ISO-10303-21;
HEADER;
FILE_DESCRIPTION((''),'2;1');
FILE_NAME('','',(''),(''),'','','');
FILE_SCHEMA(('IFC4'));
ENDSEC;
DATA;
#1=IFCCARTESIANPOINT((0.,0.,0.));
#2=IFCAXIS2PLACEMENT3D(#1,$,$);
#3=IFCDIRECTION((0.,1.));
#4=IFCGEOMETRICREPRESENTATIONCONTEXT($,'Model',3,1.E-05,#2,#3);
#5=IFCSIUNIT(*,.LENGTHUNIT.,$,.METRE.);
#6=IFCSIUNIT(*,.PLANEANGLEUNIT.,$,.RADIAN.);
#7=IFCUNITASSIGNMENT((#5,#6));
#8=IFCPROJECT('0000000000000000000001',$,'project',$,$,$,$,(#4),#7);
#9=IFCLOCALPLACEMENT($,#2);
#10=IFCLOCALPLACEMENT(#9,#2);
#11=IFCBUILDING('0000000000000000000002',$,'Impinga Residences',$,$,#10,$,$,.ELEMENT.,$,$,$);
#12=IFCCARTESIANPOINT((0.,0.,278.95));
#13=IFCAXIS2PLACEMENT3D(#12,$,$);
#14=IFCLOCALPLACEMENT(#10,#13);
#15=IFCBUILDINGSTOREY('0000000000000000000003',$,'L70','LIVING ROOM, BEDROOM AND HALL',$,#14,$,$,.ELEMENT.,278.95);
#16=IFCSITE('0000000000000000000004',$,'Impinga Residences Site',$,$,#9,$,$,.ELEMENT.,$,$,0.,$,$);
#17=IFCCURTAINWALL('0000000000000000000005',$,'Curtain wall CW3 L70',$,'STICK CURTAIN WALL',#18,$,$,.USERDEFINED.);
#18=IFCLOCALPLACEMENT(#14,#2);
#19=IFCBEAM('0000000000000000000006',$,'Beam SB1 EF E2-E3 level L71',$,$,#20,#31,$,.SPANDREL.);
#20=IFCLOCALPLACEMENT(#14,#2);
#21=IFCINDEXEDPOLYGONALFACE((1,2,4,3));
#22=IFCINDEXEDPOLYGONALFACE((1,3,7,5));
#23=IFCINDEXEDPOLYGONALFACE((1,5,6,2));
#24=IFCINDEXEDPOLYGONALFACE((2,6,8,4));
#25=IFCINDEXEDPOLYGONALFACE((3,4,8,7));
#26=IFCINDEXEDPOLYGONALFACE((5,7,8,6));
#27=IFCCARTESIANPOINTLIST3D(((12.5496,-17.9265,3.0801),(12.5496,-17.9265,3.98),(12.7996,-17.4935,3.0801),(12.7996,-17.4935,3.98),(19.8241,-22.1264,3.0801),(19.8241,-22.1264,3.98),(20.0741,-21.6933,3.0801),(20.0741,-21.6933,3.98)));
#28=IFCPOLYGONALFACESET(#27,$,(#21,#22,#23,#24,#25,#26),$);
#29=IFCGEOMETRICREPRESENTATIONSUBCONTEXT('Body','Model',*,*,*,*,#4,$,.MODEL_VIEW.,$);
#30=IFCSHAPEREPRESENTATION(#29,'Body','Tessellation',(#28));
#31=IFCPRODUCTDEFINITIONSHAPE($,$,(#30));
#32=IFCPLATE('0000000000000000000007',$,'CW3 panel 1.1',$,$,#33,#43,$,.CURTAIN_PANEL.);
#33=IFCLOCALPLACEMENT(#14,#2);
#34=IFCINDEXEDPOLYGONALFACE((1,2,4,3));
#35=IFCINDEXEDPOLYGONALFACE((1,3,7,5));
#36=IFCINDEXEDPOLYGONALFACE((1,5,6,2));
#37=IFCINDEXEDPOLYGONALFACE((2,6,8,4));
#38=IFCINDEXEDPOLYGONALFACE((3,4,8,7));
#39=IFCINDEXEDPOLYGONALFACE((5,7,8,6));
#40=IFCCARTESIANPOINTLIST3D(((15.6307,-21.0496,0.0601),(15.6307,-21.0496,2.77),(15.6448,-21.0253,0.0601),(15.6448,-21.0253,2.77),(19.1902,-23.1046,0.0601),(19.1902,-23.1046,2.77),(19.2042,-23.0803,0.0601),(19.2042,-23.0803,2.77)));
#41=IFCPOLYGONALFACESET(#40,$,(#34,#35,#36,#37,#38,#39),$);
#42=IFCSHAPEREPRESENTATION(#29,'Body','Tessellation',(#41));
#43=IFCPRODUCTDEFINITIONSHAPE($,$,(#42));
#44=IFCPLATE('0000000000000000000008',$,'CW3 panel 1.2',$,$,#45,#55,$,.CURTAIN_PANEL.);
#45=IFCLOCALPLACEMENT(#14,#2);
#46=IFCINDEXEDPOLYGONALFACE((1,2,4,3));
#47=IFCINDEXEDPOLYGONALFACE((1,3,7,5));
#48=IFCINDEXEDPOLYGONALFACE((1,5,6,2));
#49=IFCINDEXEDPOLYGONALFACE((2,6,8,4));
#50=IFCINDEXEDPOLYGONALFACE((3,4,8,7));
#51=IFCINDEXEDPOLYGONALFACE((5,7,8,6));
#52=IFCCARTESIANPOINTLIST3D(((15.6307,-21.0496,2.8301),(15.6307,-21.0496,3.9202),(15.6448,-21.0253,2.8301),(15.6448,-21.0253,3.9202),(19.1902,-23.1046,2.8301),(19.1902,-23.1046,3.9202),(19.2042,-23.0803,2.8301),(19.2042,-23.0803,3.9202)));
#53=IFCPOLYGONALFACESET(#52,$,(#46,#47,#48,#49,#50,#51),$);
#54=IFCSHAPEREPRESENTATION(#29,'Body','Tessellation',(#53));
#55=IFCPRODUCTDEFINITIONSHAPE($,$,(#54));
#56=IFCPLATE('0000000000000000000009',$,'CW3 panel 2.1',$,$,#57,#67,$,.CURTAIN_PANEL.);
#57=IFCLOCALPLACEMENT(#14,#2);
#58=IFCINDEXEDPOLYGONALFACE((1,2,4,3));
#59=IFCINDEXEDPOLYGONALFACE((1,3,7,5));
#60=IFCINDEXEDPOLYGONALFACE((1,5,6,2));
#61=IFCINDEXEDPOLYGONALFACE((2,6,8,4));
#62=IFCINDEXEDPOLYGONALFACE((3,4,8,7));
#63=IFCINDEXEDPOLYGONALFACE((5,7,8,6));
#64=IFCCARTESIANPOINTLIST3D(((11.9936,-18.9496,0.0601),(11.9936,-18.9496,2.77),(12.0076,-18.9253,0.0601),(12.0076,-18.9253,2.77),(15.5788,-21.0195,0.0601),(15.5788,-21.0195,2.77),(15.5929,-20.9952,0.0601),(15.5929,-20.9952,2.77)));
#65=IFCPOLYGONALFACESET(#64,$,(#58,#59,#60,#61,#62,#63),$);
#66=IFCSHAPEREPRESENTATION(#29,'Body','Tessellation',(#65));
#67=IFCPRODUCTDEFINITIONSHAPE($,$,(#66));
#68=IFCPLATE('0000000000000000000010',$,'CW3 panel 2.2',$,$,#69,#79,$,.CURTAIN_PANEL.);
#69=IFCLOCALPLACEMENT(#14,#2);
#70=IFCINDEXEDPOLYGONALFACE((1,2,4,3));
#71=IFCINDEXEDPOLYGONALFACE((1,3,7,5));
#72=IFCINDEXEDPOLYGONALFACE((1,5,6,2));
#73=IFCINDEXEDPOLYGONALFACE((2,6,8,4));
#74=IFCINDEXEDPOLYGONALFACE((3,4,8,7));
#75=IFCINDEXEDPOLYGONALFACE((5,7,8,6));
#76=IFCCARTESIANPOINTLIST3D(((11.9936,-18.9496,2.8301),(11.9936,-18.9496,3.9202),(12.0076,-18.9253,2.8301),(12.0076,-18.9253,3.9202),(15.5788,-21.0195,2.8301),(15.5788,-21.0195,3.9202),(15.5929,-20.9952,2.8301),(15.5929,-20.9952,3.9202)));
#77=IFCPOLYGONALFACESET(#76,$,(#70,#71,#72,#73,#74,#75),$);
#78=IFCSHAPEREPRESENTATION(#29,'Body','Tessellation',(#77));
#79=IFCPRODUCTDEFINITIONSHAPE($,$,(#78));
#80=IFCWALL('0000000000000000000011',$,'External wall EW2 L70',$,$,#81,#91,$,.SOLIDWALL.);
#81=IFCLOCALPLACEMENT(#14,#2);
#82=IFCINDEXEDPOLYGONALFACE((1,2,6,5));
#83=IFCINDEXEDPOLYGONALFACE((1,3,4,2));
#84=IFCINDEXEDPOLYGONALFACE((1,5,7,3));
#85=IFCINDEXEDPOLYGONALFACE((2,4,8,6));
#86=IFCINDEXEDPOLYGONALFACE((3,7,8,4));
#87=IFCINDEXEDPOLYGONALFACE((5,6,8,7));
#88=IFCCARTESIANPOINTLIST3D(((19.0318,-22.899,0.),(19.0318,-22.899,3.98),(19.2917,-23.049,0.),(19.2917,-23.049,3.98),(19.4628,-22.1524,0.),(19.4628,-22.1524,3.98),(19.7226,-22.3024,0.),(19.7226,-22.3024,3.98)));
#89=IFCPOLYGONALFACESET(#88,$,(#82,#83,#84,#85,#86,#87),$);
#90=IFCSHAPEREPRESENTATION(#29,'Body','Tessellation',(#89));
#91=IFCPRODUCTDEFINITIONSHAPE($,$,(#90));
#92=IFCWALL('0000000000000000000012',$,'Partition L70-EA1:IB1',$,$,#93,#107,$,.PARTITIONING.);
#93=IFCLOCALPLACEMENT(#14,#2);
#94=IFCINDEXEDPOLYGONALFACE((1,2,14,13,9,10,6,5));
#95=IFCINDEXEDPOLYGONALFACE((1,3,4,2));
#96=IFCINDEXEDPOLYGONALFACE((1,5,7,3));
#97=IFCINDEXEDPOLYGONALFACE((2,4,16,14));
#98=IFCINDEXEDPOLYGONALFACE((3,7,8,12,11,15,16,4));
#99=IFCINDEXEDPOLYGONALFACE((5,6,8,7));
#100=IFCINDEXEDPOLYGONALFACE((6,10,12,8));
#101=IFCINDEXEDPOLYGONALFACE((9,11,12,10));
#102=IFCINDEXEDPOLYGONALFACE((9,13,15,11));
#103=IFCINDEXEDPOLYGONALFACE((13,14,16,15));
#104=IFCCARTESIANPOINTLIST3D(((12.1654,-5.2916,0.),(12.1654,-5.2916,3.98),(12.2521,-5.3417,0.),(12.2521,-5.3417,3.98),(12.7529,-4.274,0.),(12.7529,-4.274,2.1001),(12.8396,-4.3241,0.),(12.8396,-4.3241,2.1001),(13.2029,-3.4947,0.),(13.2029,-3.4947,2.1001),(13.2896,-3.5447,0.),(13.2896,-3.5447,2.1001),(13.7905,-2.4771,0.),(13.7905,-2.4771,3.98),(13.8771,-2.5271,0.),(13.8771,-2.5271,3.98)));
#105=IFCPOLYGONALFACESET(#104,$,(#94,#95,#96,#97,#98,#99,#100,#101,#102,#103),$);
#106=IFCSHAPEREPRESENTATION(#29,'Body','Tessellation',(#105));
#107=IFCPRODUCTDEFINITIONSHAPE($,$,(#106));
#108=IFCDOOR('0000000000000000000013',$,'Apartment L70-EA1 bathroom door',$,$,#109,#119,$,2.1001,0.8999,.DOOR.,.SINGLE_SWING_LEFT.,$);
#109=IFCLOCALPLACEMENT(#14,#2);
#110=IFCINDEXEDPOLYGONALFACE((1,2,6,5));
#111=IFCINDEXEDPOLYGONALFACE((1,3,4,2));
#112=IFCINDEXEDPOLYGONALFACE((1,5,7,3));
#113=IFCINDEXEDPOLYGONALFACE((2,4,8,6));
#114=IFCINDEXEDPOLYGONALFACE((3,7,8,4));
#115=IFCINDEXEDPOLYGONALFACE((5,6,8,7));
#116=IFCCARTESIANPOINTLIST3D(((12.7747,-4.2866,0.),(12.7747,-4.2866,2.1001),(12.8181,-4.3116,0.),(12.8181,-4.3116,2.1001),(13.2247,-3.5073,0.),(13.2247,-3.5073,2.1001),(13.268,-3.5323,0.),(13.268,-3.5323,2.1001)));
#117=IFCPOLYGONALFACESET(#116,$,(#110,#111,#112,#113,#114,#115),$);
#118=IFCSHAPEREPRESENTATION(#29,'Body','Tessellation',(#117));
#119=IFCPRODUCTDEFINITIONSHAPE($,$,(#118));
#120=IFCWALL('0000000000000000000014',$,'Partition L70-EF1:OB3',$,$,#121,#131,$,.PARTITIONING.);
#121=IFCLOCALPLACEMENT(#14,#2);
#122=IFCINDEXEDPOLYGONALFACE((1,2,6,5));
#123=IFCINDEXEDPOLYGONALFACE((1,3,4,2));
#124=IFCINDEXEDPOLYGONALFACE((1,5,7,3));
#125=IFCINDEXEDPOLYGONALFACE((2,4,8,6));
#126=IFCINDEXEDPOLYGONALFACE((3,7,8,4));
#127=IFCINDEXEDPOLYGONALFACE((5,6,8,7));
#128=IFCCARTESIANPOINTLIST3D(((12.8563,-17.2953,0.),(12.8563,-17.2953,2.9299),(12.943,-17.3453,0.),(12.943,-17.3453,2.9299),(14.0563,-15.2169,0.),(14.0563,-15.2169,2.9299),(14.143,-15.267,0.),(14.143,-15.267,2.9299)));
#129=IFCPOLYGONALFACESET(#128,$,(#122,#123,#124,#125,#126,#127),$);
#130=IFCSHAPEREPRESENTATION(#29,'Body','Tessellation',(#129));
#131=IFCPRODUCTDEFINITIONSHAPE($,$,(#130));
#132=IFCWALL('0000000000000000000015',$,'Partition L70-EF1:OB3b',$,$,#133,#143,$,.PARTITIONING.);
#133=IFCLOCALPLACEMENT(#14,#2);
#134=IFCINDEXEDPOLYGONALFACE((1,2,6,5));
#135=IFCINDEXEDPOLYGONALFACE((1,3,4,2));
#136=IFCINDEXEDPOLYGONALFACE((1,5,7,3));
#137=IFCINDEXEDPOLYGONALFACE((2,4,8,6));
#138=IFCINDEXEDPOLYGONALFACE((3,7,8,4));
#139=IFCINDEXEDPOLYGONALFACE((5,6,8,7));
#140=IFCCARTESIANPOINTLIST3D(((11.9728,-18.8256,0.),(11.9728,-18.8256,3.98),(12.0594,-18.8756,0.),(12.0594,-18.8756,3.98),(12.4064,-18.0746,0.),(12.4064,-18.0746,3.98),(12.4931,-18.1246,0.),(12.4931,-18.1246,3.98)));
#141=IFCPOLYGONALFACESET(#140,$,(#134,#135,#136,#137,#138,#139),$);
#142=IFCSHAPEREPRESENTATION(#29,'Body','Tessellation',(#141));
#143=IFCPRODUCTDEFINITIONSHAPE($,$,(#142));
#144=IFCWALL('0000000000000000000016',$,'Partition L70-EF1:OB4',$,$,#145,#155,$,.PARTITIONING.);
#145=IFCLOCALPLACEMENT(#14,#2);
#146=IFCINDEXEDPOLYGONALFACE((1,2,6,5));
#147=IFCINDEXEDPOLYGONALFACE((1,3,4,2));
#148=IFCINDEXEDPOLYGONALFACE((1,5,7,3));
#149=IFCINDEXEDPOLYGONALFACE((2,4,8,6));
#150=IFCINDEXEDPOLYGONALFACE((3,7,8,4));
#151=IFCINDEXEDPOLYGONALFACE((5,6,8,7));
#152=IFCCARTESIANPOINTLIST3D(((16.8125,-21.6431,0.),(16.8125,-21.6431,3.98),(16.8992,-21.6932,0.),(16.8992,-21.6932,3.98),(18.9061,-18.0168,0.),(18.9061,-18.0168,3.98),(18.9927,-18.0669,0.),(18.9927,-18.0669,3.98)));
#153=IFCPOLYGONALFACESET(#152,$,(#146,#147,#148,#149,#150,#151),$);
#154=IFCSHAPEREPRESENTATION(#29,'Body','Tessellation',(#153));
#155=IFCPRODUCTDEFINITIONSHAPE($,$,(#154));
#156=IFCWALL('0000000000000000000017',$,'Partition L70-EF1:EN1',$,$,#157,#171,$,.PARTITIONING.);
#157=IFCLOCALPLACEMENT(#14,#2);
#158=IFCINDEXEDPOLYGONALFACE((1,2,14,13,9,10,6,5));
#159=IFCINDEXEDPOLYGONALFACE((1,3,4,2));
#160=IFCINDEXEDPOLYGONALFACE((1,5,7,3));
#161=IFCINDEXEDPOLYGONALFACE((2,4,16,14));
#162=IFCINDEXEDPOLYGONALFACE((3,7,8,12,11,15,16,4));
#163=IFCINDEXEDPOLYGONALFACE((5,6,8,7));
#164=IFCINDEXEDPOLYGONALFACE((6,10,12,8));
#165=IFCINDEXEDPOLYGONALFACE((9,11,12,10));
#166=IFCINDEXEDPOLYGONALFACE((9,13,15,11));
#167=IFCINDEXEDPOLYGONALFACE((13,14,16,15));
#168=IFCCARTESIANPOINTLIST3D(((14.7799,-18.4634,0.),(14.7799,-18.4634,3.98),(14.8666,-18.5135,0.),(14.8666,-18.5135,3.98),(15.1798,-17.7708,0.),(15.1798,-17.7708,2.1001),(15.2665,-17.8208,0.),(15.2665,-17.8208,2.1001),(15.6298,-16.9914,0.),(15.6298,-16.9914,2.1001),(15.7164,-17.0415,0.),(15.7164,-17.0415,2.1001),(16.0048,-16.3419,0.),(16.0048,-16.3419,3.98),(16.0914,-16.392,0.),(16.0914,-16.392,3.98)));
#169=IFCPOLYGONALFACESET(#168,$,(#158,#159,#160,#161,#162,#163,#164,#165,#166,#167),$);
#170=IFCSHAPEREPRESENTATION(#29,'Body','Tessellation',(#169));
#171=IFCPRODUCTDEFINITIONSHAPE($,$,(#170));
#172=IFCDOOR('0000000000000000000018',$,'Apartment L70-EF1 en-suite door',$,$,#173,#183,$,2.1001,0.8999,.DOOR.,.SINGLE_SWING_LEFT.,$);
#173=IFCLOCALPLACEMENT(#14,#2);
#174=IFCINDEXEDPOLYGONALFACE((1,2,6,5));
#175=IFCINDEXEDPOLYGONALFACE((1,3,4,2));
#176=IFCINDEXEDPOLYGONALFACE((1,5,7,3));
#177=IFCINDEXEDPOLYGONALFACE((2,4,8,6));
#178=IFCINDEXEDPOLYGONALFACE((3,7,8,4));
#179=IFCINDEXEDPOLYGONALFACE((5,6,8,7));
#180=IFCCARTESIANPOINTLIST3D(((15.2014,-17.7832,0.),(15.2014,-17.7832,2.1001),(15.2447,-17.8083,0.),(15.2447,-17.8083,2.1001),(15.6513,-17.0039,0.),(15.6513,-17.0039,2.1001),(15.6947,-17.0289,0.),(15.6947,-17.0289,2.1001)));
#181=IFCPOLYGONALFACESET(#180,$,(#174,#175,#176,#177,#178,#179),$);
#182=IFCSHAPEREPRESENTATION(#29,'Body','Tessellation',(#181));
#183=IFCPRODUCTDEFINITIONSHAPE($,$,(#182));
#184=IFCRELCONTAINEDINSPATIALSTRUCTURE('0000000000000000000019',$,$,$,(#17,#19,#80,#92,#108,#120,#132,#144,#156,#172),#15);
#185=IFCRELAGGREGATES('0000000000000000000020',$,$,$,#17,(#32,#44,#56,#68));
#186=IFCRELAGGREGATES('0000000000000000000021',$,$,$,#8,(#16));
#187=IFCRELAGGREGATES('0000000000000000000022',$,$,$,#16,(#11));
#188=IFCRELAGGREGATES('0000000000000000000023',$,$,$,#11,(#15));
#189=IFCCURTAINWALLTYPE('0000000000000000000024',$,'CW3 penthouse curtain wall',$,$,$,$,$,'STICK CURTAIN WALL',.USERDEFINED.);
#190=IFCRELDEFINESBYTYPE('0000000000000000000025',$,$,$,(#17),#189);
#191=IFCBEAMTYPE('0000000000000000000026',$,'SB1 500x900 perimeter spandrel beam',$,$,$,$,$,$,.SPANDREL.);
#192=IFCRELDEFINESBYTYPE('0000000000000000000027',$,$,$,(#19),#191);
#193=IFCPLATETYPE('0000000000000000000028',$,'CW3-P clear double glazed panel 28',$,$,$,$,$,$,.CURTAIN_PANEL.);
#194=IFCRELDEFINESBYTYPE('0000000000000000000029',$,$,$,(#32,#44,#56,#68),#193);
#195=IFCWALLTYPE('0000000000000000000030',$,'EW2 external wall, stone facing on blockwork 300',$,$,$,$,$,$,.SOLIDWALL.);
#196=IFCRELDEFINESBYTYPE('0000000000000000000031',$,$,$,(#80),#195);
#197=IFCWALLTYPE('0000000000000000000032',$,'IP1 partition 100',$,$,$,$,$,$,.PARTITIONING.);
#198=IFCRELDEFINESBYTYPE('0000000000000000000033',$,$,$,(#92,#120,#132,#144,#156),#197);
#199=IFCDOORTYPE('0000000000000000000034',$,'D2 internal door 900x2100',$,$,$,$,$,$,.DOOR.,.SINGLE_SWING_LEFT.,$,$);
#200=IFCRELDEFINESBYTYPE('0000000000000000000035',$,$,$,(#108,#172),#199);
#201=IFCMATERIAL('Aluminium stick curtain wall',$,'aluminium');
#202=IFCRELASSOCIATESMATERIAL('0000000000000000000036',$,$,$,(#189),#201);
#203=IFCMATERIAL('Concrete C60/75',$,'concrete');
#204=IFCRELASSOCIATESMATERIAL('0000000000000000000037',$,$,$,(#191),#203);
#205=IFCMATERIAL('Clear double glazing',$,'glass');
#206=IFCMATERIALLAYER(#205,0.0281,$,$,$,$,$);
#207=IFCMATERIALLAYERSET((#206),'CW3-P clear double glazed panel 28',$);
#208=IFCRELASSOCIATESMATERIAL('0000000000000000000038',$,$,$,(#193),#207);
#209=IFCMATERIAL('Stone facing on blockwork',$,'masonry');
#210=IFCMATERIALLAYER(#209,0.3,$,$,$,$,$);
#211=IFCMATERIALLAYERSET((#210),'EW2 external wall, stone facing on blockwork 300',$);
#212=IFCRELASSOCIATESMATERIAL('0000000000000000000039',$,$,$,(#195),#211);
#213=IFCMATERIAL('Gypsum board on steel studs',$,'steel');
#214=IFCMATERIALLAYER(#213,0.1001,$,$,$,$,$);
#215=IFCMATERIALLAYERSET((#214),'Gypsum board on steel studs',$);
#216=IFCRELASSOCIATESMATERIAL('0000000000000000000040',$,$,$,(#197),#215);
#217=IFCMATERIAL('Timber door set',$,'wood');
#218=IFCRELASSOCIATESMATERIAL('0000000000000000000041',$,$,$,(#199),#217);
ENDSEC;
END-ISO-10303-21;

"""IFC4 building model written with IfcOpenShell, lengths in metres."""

from ifc_helpers import new_model, si_unit, direction, frame, frame_2d, origin, origin_2d, place, context, subcontext, project, spatial, rectangle, extrude, material, layer, layer_set, material_profile, profile_set, type_object, element, fill, aggregate, save


model = new_model("IFC4")

# Units and contexts
model_context = context("Model", 3, precision=1e-05, world=origin(), true_north=direction((0.0, 1.0)))
body_context = subcontext(model_context, "Body", "Model", "MODEL_VIEW")
ifc_project = project(units=[si_unit("LENGTHUNIT", "METRE"), si_unit("PLANEANGLEUNIT", "RADIAN")], contexts=[model_context])

# Site, building, storey
site_placement = place(None, origin())
site = spatial("IfcSite", under=ifc_project, at=site_placement, Name="Impinga Residences Site", CompositionType="ELEMENT", RefElevation=0.0)
building_placement = place(site_placement, origin())
building = spatial("IfcBuilding", under=site, at=building_placement, Name="Impinga Residences", CompositionType="ELEMENT")
storey_placement = place(building_placement, frame((0.0, 0.0, 278.95)))
storey = spatial("IfcBuildingStorey", under=building, at=storey_placement, Name="L70", Description="LIVING ROOM, BEDROOM AND HALL", CompositionType="ELEMENT", Elevation=278.95)

# Shared definitions
ifc_material_1 = material(Name="Concrete C60/75", Category="concrete")

# Curtain wall
ifc_material_2 = material(Name="Aluminium stick curtain wall", Category="aluminium")
curtain_wall_type = type_object("IfcCurtainWallType", Name="CW3 penthouse curtain wall", ElementType="STICK CURTAIN WALL", PredefinedType="USERDEFINED", material=ifc_material_2)
curtain_wall_placement = place(storey_placement, origin())
curtain_wall = element("IfcCurtainWall", 1, at=curtain_wall_placement, inside=storey, type_object=curtain_wall_type, Name="Curtain wall CW3 L70", ObjectType="STICK CURTAIN WALL", PredefinedType="USERDEFINED")

# Beam
ifc_material_profile_1 = material_profile(ifc_material_1, rectangle(XDim=0.5, YDim=0.8999, at=origin_2d()), Name="RC 500x900")
ifc_profile_set_1 = profile_set([ifc_material_profile_1], Name="Concrete C60/75")
beam_type_1 = type_object("IfcBeamType", Name="SB1 500x900 perimeter spandrel beam", PredefinedType="SPANDREL", material=ifc_profile_set_1)
beam_1_placement = place(storey_placement, frame((12.6746, -17.71, 3.53), z_axis=(0.866029, -0.499993, 0.0), x_axis=(0.499993, 0.866029, 0.0)))
element("IfcBeam", 2, at=beam_1_placement, inside=storey, type_object=beam_type_1, Name="Beam SB1 EF E2-E3 level L71", PredefinedType="SPANDREL", context=body_context, shape_type="SweptSolid", body=[
    extrude(rectangle(XDim=0.5, YDim=0.8999, at=origin_2d()), origin(), (0.0, 0.0, 1.0), 8.3999),
])

# Plates
ifc_material_3 = material(Name="Clear double glazing", Category="glass")
ifc_layer_1 = layer(ifc_material_3, 0.0281)
ifc_layer_set_1 = layer_set([ifc_layer_1], Name="CW3-P clear double glazed panel 28")
plate_type = type_object("IfcPlateType", Name="CW3-P clear double glazed panel 28", PredefinedType="CURTAIN_PANEL", material=ifc_layer_set_1)
plate_1_placement = place(storey_placement, frame((17.4175, -22.0649, 0.0601), z_axis=(0.0, 0.0, 1.0), x_axis=(-0.866025, 0.5, 0.0)))
plate_1 = element("IfcPlate", 3, at=plate_1_placement, type_object=plate_type, Name="CW3 panel 1.1", PredefinedType="CURTAIN_PANEL", context=body_context, shape_type="SweptSolid", body=[
    extrude(rectangle(XDim=4.1101, YDim=0.0281, at=origin_2d()), origin(), (0.0, 0.0, 1.0), 2.71),
])
plate_2_placement = place(storey_placement, frame((17.4175, -22.0649, 2.8301), z_axis=(0.0, 0.0, 1.0), x_axis=(-0.866025, 0.5, 0.0)))
plate_2 = element("IfcPlate", 4, at=plate_2_placement, type_object=plate_type, Name="CW3 panel 1.2", PredefinedType="CURTAIN_PANEL", context=body_context, shape_type="SweptSolid", body=[
    extrude(rectangle(XDim=4.1101, YDim=0.0281, at=origin_2d()), origin(), (0.0, 0.0, 1.0), 1.0901),
])
plate_3_placement = place(storey_placement, frame((13.7932, -19.9724, 0.0601), z_axis=(0.0, 0.0, 1.0), x_axis=(-0.866025, 0.5, 0.0)))
plate_3 = element("IfcPlate", 5, at=plate_3_placement, type_object=plate_type, Name="CW3 panel 2.1", PredefinedType="CURTAIN_PANEL", context=body_context, shape_type="SweptSolid", body=[
    extrude(rectangle(XDim=4.1399, YDim=0.0281, at=origin_2d()), origin(), (0.0, 0.0, 1.0), 2.71),
])
plate_4_placement = place(storey_placement, frame((13.7932, -19.9724, 2.8301), z_axis=(0.0, 0.0, 1.0), x_axis=(-0.866025, 0.5, 0.0)))
plate_4 = element("IfcPlate", 6, at=plate_4_placement, type_object=plate_type, Name="CW3 panel 2.2", PredefinedType="CURTAIN_PANEL", context=body_context, shape_type="SweptSolid", body=[
    extrude(rectangle(XDim=4.1399, YDim=0.0281, at=origin_2d()), origin(), (0.0, 0.0, 1.0), 1.0901),
])
aggregate(curtain_wall, [plate_1, plate_2, plate_3, plate_4])

# Wall
ifc_material_4 = material(Name="Stone facing on blockwork", Category="masonry")
ifc_layer_2 = layer(ifc_material_4, 0.3)
ifc_layer_set_2 = layer_set([ifc_layer_2], Name="EW2 external wall, stone facing on blockwork 300")
wall_type_1 = type_object("IfcWallType", Name="EW2 external wall, stone facing on blockwork 300", PredefinedType="SOLIDWALL", material=ifc_layer_set_2)
wall_1_placement = place(storey_placement, frame((19.5928, -22.2273, 0.0), z_axis=(0.0, 0.0, 1.0), x_axis=(-0.499886, -0.866091, 0.0)))
element("IfcWall", 7, at=wall_1_placement, inside=storey, type_object=wall_type_1, Name="External wall EW2 L70", PredefinedType="SOLIDWALL", context=body_context, shape_type="SweptSolid", body=[
    extrude(rectangle(XDim=0.8621, YDim=0.3, at=frame_2d((0.4312, 0.0))), origin(), (0.0, 0.0, 1.0), 3.98),
])

# Wall, opening, door
ifc_material_5 = material(Name="Gypsum board on steel studs", Category="steel")
ifc_layer_3 = layer(ifc_material_5, 0.1001)
ifc_layer_set_3 = layer_set([ifc_layer_3], Name="Gypsum board on steel studs")
wall_type_2 = type_object("IfcWallType", Name="IP1 partition 100", PredefinedType="PARTITIONING", material=ifc_layer_set_3)
wall_2_placement = place(storey_placement, frame((12.2087, -5.3167, 0.0), z_axis=(0.0, 0.0, 1.0), x_axis=(0.500017, 0.866015, 0.0)))
wall_2 = element("IfcWall", 8, at=wall_2_placement, inside=storey, type_object=wall_type_2, Name="Partition L70-EA1:IB1", PredefinedType="PARTITIONING", context=body_context, shape_type="SweptSolid", body=[
    extrude(rectangle(XDim=3.25, YDim=0.1001, at=frame_2d((1.625, 0.0))), origin(), (0.0, 0.0, 1.0), 3.98),
])
opening_1_placement = place(wall_2_placement, frame((1.175, 0.0, 0.0)))
opening_1 = element("IfcOpeningElement", 9, at=opening_1_placement, cuts=wall_2, PredefinedType="OPENING", context=body_context, shape_type="SweptSolid", body=[
    extrude(rectangle(XDim=0.8999, YDim=2.1001, at=frame_2d((0.45, 1.05))), frame((0.0, 0.0601, 0.0), z_axis=(0.0, -1.0, 0.0), x_axis=(1.0, 0.0, 0.0)), (0.0, 0.0, 1.0), 0.1201),
])
ifc_material_6 = material(Name="Timber door set", Category="wood")
door_type = type_object("IfcDoorType", Name="D2 internal door 900x2100", OperationType="SINGLE_SWING_LEFT", PredefinedType="DOOR", material=ifc_material_6)
door_1_placement = place(opening_1_placement, origin())
door_1 = element("IfcDoor", 10, at=door_1_placement, inside=storey, type_object=door_type, Name="Apartment L70-EA1 bathroom door", OperationType="SINGLE_SWING_LEFT", OverallHeight=2.1001, OverallWidth=0.8999, PredefinedType="DOOR", context=body_context, shape_type="SweptSolid", body=[
    extrude(rectangle(XDim=0.8999, YDim=2.1001, at=frame_2d((0.45, 1.05))), frame((0.0, 0.0249, 0.0), z_axis=(0.0, -1.0, 0.0), x_axis=(1.0, 0.0, 0.0)), (0.0, 0.0, 1.0), 0.05),
])
fill(opening_1, door_1)

# Walls
wall_3_placement = place(storey_placement, frame((14.0996, -15.2419, 0.0), z_axis=(0.0, 0.0, 1.0), x_axis=(-0.500001, -0.866025, 0.0)))
element("IfcWall", 11, at=wall_3_placement, inside=storey, type_object=wall_type_2, Name="Partition L70-EF1:OB3", PredefinedType="PARTITIONING", context=body_context, shape_type="SweptSolid", body=[
    extrude(rectangle(XDim=2.3999, YDim=0.1001, at=frame_2d((1.2, 0.0))), origin(), (0.0, 0.0, 1.0), 2.9299),
])
wall_4_placement = place(storey_placement, frame((12.4497, -18.0996, 0.0), z_axis=(0.0, 0.0, 1.0), x_axis=(-0.500015, -0.866017, 0.0)))
element("IfcWall", 12, at=wall_4_placement, inside=storey, type_object=wall_type_2, Name="Partition L70-EF1:OB3b", PredefinedType="PARTITIONING", context=body_context, shape_type="SweptSolid", body=[
    extrude(rectangle(XDim=0.8672, YDim=0.1001, at=frame_2d((0.4336, 0.0))), origin(), (0.0, 0.0, 1.0), 3.98),
])
wall_5_placement = place(storey_placement, frame((18.9495, -18.0417, 0.0), z_axis=(0.0, 0.0, 1.0), x_axis=(-0.499983, -0.866035, 0.0)))
element("IfcWall", 13, at=wall_5_placement, inside=storey, type_object=wall_type_2, Name="Partition L70-EF1:OB4", PredefinedType="PARTITIONING", context=body_context, shape_type="SweptSolid", body=[
    extrude(rectangle(XDim=4.1873, YDim=0.1001, at=frame_2d((2.0938, 0.0))), origin(), (0.0, 0.0, 1.0), 3.98),
])

# Wall, opening, door
wall_6_placement = place(storey_placement, frame((16.0481, -16.3669, 0.0), z_axis=(0.0, 0.0, 1.0), x_axis=(-0.499987, -0.866033, 0.0)))
wall_6 = element("IfcWall", 14, at=wall_6_placement, inside=storey, type_object=wall_type_2, Name="Partition L70-EF1:EN1", PredefinedType="PARTITIONING", context=body_context, shape_type="SweptSolid", body=[
    extrude(rectangle(XDim=2.4497, YDim=0.1001, at=frame_2d((1.2249, 0.0))), origin(), (0.0, 0.0, 1.0), 3.98),
])
opening_2_placement = place(wall_6_placement, frame((0.75, 0.0, 0.0)))
opening_2 = element("IfcOpeningElement", 15, at=opening_2_placement, cuts=wall_6, PredefinedType="OPENING", context=body_context, shape_type="SweptSolid", body=[
    extrude(rectangle(XDim=0.8999, YDim=2.1001, at=frame_2d((0.45, 1.05))), frame((0.0, 0.0601, 0.0), z_axis=(0.0, -1.0, 0.0), x_axis=(1.0, 0.0, 0.0)), (0.0, 0.0, 1.0), 0.1201),
])
door_2_placement = place(opening_2_placement, origin())
door_2 = element("IfcDoor", 16, at=door_2_placement, inside=storey, type_object=door_type, Name="Apartment L70-EF1 en-suite door", OperationType="SINGLE_SWING_LEFT", OverallHeight=2.1001, OverallWidth=0.8999, PredefinedType="DOOR", context=body_context, shape_type="SweptSolid", body=[
    extrude(rectangle(XDim=0.8999, YDim=2.1001, at=frame_2d((0.45, 1.05))), frame((0.0, 0.0249, 0.0), z_axis=(0.0, -1.0, 0.0), x_axis=(1.0, 0.0, 0.0)), (0.0, 0.0, 1.0), 0.05),
])
fill(opening_2, door_2)

save(model, "model.ifc")
